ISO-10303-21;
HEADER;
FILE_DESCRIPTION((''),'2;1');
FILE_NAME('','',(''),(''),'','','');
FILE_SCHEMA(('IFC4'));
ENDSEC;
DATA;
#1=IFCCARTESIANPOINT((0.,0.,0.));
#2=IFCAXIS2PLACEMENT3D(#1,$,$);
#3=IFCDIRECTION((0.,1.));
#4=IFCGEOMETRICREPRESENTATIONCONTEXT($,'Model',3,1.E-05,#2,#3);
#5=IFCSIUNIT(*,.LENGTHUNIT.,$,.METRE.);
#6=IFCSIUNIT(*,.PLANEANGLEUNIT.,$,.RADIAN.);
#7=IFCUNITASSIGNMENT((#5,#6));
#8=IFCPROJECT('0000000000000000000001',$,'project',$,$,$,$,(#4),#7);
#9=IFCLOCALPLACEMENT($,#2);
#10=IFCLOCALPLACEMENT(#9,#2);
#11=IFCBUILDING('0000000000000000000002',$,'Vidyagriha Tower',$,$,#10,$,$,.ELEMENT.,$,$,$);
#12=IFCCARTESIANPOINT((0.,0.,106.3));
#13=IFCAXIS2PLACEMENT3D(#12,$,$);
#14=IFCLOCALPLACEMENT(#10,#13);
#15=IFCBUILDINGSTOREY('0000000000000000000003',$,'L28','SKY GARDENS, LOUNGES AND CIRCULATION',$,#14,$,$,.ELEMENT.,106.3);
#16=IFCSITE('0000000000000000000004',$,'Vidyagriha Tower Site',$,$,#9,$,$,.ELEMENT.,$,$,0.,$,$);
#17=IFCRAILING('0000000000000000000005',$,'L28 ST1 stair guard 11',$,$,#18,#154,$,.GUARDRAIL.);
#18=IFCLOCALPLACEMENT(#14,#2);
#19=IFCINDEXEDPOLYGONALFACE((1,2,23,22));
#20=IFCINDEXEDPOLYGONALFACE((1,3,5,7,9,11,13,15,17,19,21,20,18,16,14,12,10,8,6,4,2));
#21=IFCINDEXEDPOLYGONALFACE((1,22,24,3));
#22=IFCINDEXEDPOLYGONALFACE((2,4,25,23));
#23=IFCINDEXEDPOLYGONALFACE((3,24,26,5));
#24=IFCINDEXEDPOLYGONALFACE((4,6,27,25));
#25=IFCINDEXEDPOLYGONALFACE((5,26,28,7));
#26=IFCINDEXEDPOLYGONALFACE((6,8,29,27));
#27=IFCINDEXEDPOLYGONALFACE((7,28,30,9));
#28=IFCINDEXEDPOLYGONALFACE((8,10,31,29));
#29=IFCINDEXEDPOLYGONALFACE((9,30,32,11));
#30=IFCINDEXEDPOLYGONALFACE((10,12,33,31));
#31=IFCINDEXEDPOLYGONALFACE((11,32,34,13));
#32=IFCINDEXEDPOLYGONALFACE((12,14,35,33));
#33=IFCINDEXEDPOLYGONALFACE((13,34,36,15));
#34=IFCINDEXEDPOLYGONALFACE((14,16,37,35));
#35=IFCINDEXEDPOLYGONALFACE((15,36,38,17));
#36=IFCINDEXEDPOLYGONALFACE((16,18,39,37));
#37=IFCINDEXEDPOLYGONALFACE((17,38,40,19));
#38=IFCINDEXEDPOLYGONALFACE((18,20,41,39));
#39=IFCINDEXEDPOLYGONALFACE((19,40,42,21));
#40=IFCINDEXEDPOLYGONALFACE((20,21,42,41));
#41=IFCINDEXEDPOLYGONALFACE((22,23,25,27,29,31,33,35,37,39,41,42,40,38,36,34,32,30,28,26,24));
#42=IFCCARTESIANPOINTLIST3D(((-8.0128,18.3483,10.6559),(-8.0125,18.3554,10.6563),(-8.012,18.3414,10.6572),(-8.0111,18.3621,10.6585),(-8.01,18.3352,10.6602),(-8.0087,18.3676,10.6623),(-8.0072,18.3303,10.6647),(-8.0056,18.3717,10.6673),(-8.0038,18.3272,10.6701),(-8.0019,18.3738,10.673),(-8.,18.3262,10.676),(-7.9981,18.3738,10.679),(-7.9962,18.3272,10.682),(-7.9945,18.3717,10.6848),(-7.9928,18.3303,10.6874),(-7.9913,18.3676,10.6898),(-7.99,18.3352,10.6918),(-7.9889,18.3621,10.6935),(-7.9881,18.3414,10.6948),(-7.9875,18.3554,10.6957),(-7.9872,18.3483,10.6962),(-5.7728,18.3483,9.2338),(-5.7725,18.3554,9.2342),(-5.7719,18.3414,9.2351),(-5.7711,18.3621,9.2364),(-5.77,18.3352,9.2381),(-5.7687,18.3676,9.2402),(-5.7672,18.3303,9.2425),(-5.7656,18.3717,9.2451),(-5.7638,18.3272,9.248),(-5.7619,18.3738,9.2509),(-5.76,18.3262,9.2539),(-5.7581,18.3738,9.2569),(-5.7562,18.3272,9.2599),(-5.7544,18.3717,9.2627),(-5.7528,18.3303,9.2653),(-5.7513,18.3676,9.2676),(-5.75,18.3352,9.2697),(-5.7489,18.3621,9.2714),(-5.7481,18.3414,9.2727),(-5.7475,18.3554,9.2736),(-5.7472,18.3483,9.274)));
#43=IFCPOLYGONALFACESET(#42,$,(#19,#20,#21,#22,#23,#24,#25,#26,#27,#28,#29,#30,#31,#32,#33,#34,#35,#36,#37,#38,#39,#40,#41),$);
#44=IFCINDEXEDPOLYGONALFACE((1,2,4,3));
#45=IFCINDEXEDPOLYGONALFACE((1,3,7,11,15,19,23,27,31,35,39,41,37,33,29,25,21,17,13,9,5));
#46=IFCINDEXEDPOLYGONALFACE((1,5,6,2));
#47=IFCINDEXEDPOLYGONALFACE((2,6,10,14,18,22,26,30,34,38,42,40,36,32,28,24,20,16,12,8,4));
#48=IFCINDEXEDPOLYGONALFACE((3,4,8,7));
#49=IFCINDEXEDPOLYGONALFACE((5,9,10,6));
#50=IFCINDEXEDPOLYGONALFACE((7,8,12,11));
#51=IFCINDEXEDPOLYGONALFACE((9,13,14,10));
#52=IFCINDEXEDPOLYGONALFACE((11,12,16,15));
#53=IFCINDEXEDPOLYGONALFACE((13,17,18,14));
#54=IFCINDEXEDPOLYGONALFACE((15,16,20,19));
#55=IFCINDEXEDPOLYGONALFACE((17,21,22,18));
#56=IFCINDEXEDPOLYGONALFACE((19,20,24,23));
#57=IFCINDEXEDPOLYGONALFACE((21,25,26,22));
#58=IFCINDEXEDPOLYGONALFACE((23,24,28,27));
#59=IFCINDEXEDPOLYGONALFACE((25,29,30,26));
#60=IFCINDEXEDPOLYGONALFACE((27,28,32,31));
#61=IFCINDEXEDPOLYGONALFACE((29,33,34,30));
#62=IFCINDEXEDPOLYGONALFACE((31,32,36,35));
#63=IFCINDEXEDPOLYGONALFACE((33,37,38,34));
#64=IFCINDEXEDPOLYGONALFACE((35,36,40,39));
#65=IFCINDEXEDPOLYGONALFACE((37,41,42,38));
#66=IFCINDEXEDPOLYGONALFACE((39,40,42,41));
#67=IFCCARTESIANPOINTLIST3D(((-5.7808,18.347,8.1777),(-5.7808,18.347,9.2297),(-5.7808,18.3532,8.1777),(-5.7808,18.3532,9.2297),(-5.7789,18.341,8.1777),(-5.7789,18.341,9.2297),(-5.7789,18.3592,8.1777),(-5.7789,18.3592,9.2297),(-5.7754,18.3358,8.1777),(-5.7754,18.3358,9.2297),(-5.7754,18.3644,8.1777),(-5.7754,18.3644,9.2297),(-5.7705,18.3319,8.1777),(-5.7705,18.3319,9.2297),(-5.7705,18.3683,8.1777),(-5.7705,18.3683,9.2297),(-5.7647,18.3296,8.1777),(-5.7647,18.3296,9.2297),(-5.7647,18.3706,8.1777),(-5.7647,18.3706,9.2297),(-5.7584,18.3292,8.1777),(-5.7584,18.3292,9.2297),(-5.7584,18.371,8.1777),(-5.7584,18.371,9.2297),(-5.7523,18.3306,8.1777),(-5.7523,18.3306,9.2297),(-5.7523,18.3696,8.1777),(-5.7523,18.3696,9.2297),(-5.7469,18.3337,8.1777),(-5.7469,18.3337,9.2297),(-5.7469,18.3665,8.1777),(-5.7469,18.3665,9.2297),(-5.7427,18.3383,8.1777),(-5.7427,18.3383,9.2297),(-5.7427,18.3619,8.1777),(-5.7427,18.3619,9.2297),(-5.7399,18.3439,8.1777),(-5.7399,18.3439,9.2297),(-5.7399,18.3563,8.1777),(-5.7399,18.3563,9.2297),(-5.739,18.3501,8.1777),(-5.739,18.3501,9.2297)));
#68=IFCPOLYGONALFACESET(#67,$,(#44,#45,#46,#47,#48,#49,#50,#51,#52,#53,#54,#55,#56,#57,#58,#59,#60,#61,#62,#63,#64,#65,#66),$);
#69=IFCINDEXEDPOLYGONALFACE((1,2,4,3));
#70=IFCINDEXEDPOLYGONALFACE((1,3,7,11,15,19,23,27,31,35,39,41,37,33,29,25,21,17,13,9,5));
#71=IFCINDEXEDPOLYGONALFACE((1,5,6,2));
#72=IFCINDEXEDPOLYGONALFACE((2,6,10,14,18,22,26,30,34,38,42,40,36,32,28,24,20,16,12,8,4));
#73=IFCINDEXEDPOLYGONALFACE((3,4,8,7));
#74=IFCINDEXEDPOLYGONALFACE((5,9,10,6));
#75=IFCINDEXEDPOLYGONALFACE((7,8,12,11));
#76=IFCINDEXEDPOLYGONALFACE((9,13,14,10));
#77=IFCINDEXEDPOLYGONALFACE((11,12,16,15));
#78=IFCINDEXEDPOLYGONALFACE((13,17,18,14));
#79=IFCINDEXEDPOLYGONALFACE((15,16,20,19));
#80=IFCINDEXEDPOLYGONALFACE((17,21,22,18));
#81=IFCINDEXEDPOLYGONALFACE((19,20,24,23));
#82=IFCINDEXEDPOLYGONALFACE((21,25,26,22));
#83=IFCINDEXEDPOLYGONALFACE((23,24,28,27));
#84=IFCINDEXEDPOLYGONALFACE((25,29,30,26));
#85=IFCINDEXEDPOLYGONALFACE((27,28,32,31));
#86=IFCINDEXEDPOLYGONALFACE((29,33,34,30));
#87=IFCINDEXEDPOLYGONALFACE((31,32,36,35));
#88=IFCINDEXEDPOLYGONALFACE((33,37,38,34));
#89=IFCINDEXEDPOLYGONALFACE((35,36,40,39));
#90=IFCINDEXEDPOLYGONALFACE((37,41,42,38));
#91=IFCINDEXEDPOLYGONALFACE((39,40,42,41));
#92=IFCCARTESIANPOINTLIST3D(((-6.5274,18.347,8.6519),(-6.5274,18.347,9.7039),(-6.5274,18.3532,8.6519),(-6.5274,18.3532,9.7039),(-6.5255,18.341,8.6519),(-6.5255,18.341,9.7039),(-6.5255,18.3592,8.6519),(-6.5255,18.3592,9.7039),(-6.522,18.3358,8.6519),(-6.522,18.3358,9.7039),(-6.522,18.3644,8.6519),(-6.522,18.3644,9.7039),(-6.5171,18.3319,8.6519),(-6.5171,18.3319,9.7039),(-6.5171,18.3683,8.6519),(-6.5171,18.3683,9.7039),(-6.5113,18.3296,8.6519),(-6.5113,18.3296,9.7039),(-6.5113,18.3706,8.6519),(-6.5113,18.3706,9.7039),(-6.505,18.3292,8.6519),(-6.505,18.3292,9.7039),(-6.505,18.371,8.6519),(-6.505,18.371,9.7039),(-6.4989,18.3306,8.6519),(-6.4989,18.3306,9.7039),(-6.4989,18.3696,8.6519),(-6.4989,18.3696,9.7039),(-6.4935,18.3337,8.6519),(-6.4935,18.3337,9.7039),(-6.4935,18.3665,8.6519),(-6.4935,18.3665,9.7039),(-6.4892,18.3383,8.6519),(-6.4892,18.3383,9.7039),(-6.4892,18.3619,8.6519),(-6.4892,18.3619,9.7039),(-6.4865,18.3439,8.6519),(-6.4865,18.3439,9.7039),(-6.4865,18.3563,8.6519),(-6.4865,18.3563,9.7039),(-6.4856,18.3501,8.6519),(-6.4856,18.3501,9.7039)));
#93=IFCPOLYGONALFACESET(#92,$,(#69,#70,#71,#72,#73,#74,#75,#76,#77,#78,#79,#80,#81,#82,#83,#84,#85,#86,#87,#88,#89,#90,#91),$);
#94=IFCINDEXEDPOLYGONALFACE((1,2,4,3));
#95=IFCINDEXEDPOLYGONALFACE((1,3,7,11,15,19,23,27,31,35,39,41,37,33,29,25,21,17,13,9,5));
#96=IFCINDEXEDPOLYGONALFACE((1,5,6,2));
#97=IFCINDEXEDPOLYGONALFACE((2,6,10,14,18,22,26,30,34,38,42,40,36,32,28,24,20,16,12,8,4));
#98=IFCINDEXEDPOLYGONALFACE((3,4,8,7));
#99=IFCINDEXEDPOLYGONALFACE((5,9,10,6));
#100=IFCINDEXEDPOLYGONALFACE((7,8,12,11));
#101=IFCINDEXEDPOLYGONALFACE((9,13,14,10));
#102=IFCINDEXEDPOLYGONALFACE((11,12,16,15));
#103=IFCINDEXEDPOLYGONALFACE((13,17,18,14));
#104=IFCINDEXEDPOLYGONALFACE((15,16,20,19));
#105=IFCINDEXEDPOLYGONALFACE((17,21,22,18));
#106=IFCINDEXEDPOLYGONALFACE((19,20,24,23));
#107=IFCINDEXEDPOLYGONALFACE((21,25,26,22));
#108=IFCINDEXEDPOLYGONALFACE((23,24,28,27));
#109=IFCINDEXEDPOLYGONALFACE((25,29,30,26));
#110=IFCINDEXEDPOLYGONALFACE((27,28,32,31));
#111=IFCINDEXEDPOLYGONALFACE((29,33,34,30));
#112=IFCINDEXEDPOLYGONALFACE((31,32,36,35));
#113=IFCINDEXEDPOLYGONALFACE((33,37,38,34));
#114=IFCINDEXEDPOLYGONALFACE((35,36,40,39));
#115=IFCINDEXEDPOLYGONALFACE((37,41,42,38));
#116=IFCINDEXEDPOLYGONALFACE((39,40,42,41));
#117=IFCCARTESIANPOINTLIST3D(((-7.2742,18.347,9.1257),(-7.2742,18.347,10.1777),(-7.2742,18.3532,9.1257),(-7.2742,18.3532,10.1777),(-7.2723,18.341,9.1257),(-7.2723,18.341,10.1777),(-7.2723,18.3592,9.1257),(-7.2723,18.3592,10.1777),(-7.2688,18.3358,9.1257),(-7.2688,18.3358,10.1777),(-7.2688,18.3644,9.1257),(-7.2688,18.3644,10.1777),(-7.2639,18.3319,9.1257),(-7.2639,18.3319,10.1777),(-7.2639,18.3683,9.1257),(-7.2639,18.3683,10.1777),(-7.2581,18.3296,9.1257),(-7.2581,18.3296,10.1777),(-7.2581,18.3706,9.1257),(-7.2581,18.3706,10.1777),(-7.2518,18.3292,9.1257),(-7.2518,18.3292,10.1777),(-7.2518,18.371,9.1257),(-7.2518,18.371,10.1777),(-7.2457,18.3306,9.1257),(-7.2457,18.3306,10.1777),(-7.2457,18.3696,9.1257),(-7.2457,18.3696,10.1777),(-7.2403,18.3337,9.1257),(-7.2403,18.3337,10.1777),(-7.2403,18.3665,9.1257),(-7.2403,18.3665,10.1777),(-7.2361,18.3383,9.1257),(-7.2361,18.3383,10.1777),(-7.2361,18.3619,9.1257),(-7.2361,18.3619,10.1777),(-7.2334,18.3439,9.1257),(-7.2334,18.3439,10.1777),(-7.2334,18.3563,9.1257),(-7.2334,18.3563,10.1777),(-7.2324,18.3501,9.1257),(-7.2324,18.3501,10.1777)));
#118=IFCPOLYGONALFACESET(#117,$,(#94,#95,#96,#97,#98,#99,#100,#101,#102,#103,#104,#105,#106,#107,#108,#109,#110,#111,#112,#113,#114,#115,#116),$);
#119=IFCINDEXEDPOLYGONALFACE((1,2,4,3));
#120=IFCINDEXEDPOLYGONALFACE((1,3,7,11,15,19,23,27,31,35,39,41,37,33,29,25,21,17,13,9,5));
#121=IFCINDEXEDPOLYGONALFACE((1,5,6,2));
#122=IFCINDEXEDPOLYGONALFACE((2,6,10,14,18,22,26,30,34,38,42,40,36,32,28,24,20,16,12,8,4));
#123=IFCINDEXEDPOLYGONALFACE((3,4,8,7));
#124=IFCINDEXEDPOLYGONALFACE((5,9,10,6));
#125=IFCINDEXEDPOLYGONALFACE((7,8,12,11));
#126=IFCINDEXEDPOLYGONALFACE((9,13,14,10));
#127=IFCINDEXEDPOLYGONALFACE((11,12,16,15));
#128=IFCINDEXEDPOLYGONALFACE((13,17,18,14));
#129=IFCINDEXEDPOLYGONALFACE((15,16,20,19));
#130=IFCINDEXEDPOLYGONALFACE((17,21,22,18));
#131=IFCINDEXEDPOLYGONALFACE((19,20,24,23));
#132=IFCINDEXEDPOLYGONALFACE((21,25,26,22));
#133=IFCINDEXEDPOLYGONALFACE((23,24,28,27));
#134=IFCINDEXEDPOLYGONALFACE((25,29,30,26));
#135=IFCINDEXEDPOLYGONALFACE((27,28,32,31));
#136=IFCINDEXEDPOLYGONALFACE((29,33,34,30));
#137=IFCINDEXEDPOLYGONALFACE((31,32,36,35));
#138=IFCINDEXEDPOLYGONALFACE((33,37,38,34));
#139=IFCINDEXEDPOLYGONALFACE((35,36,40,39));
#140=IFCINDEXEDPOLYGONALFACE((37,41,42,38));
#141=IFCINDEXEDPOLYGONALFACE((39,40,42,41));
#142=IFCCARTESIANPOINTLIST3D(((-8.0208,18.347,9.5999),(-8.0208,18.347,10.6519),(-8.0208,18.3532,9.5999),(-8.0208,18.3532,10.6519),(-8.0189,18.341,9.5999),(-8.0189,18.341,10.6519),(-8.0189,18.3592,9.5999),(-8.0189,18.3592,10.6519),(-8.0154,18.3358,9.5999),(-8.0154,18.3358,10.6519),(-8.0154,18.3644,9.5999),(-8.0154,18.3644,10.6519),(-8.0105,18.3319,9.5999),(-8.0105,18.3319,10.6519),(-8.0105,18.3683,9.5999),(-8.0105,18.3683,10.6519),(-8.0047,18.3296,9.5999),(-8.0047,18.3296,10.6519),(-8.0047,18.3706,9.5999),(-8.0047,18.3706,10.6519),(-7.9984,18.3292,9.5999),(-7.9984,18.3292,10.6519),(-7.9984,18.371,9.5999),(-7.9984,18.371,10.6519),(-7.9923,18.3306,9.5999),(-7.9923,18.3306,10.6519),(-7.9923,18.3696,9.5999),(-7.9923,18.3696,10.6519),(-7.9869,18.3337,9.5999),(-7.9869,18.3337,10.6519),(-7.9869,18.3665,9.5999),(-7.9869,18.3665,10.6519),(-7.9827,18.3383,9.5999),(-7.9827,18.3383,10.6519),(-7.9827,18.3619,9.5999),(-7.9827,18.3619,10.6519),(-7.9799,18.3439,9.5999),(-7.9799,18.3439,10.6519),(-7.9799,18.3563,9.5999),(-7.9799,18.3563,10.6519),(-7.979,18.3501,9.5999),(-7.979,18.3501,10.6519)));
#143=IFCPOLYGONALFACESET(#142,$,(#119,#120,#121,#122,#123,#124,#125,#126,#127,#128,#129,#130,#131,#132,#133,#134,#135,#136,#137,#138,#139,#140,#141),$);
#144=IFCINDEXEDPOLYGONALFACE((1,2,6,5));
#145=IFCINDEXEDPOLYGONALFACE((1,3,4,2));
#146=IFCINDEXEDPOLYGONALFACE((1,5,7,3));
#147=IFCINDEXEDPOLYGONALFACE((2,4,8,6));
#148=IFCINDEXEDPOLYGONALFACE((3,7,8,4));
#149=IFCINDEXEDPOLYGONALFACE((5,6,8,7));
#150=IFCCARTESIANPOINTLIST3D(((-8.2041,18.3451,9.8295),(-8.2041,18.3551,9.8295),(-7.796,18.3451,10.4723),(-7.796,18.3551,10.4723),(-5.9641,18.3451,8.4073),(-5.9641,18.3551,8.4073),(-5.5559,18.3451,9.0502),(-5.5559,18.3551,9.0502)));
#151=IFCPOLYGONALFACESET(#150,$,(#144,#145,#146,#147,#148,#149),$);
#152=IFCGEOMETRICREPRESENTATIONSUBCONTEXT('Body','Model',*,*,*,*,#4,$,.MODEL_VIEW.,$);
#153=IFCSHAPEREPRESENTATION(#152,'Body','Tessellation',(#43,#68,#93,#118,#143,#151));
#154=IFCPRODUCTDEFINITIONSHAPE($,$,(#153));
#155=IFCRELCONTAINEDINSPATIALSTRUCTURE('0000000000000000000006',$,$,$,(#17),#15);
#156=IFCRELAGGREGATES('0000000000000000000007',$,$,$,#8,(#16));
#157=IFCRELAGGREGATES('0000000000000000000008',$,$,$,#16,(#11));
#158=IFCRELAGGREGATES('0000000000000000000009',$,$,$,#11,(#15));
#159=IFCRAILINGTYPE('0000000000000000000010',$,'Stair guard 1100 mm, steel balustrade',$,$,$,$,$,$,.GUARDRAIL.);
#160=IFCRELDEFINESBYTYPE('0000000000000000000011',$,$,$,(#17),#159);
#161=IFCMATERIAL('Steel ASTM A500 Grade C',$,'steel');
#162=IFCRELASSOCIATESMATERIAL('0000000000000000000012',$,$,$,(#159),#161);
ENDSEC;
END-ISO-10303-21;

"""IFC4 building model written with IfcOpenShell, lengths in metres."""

from ifc_helpers import new_model, si_unit, direction, frame, origin, origin_2d, place, context, subcontext, project, spatial, rectangle, circle, extrude, material, type_object, element, save


model = new_model("IFC4")

# Units and contexts
model_context = context("Model", 3, precision=1e-05, world=origin(), true_north=direction((0.0, 1.0)))
body_context = subcontext(model_context, "Body", "Model", "MODEL_VIEW")
ifc_project = project(units=[si_unit("LENGTHUNIT", "METRE"), si_unit("PLANEANGLEUNIT", "RADIAN")], contexts=[model_context])

# Site, building, storey
site_placement = place(None, origin())
site = spatial("IfcSite", under=ifc_project, at=site_placement, Name="Vidyagriha Tower Site", CompositionType="ELEMENT", RefElevation=0.0)
building_placement = place(site_placement, origin())
building = spatial("IfcBuilding", under=site, at=building_placement, Name="Vidyagriha Tower", CompositionType="ELEMENT")
storey_placement = place(building_placement, frame((0.0, 0.0, 106.3)))
storey = spatial("IfcBuildingStorey", under=building, at=storey_placement, Name="L28", Description="SKY GARDENS, LOUNGES AND CIRCULATION", CompositionType="ELEMENT", Elevation=106.3)

# Railing
ifc_material_1 = material(Name="Steel ASTM A500 Grade C", Category="steel")
railing_type_1 = type_object("IfcRailingType", Name="Stair guard 1100 mm, steel balustrade", PredefinedType="GUARDRAIL", material=ifc_material_1)
railing_1_placement = place(storey_placement, frame((-5.76, 18.3501, 8.1777)))
element("IfcRailing", 1, at=railing_1_placement, inside=storey, type_object=railing_type_1, Name="L28 ST1 stair guard 11", PredefinedType="GUARDRAIL", context=body_context, shape_type="SweptSolid", body=[
    extrude(circle(Radius=0.0239, at=origin_2d()), frame((0.0, 0.0, 1.0762), z_axis=(-0.844229, 0.0, 0.535982), x_axis=(0.0, -1.0, 0.0)), (0.0, 0.0, 1.0), 2.6533),
    extrude(circle(Radius=0.021, at=origin_2d()), origin(), (0.0, 0.0, 1.0), 1.052),
    extrude(circle(Radius=0.021, at=origin_2d()), frame((-0.7466, 0.0, 0.4741)), (0.0, 0.0, 1.0), 1.052),
    extrude(circle(Radius=0.021, at=origin_2d()), frame((-1.4934, 0.0, 0.948)), (0.0, 0.0, 1.0), 1.052),
    extrude(circle(Radius=0.021, at=origin_2d()), frame((-2.24, 0.0, 1.4221)), (0.0, 0.0, 1.0), 1.052),
    extrude(rectangle(XDim=0.01, YDim=0.7615, at=origin_2d()), frame((0.0, 0.0, 0.551), z_axis=(-0.844229, 0.0, 0.535982), x_axis=(0.0, -1.0, 0.0)), (0.0, 0.0, 1.0), 2.6533),
])

save(model, "model.ifc")
